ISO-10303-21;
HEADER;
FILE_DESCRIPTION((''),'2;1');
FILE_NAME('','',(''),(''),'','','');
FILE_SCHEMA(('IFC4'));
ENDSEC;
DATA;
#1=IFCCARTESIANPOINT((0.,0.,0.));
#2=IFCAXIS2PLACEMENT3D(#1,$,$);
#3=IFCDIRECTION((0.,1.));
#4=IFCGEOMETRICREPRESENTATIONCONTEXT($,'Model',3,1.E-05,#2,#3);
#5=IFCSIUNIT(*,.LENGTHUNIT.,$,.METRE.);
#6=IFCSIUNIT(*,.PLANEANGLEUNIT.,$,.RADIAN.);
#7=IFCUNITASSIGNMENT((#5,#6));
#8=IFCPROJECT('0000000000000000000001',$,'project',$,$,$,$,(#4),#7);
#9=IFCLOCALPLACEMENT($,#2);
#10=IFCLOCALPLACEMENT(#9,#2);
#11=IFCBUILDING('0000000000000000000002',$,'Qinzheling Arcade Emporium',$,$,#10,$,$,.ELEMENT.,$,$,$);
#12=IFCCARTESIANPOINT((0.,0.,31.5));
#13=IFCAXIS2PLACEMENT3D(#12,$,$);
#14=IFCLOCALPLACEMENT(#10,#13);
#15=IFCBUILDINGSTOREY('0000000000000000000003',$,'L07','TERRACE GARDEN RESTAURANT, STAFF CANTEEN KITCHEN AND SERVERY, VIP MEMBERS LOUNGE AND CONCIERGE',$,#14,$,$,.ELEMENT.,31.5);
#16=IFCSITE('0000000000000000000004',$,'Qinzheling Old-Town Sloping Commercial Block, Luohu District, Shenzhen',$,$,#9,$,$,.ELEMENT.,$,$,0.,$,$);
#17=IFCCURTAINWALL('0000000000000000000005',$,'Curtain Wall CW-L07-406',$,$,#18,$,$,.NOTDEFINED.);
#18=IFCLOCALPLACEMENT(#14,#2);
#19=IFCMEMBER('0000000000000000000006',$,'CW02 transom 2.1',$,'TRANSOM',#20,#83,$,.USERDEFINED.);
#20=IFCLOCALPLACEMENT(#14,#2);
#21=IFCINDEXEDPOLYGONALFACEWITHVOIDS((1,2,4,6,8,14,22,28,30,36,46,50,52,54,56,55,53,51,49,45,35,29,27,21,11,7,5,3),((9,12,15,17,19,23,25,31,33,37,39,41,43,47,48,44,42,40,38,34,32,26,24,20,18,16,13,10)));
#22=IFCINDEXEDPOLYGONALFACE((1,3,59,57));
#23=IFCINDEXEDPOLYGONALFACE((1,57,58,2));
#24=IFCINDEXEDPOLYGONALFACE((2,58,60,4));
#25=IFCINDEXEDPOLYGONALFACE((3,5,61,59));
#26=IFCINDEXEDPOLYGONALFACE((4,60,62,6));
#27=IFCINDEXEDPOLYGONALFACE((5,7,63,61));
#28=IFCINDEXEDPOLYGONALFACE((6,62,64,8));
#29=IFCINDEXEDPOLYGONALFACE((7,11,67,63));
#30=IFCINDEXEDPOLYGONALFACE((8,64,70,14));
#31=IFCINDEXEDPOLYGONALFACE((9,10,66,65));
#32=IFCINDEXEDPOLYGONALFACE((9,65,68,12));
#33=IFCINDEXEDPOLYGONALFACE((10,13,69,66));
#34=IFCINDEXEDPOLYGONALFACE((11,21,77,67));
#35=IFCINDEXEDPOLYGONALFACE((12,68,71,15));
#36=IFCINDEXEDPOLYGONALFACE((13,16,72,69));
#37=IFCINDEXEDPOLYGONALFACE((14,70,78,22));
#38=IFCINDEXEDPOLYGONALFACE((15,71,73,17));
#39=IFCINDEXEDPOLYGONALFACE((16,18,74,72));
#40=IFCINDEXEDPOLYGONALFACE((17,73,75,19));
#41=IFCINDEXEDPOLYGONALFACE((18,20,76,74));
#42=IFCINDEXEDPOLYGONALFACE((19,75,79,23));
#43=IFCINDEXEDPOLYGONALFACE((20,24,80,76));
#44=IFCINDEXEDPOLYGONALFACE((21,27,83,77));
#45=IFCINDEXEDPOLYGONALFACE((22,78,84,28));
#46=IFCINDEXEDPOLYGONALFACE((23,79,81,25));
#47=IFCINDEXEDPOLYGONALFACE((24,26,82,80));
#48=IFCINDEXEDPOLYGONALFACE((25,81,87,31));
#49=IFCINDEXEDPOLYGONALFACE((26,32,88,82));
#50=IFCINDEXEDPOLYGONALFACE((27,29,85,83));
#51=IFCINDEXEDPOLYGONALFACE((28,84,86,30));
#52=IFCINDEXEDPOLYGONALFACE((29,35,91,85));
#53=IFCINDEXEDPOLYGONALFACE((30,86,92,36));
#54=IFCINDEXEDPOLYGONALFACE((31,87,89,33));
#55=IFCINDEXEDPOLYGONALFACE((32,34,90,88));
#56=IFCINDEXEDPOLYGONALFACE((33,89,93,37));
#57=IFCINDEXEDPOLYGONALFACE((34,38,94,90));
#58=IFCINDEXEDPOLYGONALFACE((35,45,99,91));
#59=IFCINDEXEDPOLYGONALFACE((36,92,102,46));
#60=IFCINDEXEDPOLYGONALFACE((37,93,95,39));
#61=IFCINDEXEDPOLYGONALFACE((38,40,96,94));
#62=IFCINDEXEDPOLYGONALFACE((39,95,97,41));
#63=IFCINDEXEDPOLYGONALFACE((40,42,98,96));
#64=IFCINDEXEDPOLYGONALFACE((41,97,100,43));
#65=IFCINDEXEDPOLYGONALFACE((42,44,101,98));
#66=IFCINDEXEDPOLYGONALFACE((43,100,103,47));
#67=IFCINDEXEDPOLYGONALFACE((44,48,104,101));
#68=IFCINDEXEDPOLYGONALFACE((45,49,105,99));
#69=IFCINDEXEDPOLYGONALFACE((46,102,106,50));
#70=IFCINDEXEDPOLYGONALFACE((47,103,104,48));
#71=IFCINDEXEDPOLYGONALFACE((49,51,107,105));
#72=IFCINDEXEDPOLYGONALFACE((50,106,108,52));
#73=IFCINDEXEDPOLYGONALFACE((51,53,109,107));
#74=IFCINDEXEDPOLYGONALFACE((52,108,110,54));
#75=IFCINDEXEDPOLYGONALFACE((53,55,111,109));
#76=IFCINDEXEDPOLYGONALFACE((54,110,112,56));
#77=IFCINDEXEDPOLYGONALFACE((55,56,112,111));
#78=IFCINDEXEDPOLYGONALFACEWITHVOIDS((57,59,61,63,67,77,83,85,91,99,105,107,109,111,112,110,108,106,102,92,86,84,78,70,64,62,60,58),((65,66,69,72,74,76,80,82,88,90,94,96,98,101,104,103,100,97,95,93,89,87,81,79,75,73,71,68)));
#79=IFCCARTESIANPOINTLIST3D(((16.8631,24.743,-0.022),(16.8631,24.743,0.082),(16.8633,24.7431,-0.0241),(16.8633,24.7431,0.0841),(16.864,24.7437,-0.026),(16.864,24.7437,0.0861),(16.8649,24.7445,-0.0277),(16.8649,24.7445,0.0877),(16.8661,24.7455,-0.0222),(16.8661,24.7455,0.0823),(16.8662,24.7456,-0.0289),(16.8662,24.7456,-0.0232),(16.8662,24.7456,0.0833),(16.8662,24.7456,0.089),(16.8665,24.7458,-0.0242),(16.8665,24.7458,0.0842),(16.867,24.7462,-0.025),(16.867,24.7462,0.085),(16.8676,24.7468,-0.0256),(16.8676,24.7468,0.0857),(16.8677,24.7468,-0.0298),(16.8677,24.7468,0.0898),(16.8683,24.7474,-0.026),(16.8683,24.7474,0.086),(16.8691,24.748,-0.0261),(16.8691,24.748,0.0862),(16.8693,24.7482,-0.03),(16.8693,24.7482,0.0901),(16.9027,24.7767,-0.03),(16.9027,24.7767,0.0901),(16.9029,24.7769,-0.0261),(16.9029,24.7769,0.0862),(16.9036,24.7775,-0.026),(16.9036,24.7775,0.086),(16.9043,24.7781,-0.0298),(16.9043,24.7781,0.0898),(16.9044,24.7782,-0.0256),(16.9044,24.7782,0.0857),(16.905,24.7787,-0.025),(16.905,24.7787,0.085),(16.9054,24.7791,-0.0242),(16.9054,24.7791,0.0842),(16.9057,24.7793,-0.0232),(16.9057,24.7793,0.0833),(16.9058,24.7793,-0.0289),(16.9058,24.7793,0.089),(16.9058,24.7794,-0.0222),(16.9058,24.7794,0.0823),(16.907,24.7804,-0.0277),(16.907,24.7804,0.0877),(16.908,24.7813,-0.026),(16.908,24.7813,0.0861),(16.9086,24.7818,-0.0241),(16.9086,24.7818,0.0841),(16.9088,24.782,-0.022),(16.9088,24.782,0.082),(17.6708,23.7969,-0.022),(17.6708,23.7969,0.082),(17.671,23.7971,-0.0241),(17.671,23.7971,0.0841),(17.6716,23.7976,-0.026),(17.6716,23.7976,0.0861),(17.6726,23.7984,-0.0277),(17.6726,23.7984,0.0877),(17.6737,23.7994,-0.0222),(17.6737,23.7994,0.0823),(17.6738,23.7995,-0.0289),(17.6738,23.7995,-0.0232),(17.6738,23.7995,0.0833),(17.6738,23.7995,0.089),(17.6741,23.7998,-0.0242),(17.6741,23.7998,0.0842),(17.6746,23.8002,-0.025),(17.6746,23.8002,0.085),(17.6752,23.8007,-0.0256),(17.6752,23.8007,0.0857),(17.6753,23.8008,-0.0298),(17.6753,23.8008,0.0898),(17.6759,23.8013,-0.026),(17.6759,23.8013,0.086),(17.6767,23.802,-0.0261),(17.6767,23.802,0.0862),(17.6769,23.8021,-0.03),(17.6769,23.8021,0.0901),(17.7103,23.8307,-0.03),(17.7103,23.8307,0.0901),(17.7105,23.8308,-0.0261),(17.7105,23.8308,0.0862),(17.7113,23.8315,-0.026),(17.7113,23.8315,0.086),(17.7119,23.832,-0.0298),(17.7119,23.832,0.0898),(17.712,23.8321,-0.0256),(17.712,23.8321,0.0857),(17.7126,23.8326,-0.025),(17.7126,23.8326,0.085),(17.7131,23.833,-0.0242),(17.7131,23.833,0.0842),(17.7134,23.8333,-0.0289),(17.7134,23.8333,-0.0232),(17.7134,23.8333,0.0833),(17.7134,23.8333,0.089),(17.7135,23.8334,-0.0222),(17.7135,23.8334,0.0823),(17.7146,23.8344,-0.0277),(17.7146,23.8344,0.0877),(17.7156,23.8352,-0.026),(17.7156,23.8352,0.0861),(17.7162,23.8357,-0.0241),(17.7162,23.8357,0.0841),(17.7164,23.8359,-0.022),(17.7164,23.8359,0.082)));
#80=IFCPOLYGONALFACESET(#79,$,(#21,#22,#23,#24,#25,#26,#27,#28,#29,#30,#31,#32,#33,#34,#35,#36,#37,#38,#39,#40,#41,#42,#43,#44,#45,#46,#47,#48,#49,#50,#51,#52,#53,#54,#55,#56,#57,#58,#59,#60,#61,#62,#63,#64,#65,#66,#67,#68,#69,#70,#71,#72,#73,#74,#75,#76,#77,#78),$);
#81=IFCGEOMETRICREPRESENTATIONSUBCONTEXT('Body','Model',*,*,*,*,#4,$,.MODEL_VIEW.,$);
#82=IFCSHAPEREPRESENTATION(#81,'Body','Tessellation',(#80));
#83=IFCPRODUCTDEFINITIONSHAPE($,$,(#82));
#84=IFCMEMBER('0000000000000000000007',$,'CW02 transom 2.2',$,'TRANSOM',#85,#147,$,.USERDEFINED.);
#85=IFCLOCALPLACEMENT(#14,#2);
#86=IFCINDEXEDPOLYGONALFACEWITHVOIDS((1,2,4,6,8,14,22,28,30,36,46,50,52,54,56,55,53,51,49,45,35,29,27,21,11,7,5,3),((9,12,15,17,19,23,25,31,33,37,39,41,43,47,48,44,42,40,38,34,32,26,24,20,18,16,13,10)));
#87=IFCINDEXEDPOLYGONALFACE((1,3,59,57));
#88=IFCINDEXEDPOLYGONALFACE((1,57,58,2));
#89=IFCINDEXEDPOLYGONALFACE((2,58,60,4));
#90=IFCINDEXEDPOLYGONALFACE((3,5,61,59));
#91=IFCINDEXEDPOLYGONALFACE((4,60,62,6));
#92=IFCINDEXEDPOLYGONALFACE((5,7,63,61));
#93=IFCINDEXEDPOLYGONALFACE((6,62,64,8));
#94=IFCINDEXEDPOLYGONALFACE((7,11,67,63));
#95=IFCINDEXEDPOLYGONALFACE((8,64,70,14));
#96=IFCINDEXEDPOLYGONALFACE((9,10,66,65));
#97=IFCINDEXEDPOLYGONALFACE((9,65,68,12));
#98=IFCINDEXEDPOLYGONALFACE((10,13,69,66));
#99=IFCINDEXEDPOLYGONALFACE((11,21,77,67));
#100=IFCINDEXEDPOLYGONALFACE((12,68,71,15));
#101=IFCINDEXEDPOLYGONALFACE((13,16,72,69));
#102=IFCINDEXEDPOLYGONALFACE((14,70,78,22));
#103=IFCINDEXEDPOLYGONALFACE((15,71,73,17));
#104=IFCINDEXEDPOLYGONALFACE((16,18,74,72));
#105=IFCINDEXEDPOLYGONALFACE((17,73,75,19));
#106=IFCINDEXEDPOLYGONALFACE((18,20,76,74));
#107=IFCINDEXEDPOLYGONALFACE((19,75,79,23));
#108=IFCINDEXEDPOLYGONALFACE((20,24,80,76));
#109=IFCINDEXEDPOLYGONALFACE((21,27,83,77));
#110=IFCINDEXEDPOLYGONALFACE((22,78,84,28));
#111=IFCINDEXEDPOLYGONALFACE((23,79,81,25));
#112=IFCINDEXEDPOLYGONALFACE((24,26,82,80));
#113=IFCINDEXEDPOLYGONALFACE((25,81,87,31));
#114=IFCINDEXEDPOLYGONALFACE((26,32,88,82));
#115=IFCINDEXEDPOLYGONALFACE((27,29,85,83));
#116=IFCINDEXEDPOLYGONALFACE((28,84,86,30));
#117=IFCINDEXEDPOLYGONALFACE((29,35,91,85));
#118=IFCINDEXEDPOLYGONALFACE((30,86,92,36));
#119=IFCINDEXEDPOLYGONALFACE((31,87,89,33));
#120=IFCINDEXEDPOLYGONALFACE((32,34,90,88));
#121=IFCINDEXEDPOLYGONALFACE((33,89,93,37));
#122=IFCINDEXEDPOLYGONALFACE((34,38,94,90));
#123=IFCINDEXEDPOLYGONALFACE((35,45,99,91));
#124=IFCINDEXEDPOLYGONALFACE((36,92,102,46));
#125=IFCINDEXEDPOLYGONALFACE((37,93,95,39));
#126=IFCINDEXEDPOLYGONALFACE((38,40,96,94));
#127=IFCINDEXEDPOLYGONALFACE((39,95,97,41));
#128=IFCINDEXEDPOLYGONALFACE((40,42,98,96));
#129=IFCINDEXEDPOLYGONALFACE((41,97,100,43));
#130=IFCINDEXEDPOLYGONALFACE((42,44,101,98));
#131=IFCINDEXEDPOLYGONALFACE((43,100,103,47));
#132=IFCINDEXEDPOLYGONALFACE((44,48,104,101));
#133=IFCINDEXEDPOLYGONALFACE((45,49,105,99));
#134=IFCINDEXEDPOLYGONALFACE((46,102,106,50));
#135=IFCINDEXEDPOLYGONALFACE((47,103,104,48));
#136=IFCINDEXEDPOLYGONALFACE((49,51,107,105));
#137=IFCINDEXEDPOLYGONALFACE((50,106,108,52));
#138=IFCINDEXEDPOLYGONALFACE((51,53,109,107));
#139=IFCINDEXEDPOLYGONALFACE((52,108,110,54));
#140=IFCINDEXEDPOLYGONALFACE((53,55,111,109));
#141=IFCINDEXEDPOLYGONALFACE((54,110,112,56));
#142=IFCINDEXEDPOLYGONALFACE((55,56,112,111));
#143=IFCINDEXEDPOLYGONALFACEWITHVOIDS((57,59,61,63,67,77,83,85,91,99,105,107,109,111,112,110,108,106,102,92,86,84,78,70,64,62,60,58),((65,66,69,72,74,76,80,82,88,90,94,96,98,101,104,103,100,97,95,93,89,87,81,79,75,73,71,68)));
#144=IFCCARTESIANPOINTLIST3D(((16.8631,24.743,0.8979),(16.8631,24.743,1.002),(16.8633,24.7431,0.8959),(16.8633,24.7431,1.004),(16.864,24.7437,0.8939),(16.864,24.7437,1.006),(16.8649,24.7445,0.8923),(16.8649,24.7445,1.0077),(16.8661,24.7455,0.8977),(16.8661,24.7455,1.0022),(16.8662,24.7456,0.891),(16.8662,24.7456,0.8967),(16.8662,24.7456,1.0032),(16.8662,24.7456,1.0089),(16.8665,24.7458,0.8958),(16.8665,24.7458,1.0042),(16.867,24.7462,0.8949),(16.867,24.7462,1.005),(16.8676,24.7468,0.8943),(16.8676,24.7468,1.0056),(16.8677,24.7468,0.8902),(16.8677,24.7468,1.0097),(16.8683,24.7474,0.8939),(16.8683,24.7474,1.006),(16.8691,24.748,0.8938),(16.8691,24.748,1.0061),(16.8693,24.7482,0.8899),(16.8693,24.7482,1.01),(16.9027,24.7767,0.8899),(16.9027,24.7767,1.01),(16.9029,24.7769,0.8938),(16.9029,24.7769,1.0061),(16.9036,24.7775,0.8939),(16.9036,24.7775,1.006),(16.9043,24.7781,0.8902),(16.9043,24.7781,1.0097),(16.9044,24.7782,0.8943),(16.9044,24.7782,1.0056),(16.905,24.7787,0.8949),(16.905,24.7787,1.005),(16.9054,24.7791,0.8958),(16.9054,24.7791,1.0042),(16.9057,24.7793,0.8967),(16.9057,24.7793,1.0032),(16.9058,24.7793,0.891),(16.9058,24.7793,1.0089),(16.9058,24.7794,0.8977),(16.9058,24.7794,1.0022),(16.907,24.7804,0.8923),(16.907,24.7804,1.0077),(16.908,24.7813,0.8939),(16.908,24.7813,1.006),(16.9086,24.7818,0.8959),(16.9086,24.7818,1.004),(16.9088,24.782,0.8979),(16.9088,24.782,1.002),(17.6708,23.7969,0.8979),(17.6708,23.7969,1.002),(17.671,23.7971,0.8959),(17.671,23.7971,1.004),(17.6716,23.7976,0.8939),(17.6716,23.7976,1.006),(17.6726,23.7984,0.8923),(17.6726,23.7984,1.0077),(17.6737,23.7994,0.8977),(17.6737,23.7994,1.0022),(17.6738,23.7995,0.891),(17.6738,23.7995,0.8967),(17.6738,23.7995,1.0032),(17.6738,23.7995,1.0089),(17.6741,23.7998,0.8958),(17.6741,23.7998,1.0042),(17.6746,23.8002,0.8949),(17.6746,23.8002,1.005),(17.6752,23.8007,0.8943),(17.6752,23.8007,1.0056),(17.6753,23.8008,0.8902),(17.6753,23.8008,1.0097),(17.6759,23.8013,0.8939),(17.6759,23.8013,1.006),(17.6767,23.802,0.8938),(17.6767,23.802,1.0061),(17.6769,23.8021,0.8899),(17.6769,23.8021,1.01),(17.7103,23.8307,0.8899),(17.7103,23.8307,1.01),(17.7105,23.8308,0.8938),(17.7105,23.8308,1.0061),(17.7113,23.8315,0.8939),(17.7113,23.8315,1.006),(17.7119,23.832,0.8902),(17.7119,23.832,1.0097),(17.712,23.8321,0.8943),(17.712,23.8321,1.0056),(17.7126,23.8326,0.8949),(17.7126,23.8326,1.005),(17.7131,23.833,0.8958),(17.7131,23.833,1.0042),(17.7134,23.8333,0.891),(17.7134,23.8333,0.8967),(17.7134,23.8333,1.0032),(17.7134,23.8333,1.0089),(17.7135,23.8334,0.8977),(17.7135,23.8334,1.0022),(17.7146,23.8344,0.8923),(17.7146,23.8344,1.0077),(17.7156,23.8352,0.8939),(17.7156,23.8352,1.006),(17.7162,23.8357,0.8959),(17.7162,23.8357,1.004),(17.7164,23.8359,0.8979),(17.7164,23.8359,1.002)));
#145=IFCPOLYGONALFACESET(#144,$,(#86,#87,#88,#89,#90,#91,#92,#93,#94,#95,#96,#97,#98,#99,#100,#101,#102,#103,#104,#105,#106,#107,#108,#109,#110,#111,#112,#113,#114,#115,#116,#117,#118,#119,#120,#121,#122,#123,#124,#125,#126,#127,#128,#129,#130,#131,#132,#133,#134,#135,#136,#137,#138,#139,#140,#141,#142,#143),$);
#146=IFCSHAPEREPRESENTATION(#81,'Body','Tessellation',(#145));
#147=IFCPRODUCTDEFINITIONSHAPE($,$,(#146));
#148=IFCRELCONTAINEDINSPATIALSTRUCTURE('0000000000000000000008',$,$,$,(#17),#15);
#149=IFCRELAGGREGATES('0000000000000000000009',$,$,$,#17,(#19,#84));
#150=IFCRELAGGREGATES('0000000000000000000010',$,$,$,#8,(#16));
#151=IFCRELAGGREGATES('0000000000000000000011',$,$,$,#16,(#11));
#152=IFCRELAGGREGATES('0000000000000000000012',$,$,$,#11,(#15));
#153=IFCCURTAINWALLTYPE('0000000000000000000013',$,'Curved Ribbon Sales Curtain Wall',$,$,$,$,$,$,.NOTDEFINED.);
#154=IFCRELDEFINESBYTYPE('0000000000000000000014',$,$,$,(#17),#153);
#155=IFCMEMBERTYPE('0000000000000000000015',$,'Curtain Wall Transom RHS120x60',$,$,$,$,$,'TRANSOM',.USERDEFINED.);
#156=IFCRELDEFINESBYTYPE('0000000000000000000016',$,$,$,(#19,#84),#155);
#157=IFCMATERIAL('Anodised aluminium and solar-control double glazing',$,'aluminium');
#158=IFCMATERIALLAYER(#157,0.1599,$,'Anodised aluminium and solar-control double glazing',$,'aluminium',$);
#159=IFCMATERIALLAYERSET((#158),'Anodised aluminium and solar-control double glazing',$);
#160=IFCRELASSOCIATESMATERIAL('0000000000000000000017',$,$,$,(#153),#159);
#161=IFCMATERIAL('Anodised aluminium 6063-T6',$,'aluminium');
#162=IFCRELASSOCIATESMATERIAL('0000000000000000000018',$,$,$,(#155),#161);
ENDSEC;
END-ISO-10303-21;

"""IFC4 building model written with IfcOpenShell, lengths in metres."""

from ifc_helpers import new_model, si_unit, direction, frame, origin, origin_2d, place, context, subcontext, project, spatial, hollow_rectangle, extrude, material, layer, layer_set, material_profile, profile_set, type_object, element, aggregate, save


model = new_model("IFC4")

# Units and contexts
model_context = context("Model", 3, precision=1e-05, world=origin(), true_north=direction((0.0, 1.0)))
body_context = subcontext(model_context, "Body", "Model", "MODEL_VIEW")
ifc_project = project(units=[si_unit("LENGTHUNIT", "METRE"), si_unit("PLANEANGLEUNIT", "RADIAN")], contexts=[model_context])

# Site, building, storey
site_placement = place(None, origin())
site = spatial("IfcSite", under=ifc_project, at=site_placement, Name="Qinzheling Old-Town Sloping Commercial Block, Luohu District, Shenzhen", CompositionType="ELEMENT", RefElevation=0.0)
building_placement = place(site_placement, origin())
building = spatial("IfcBuilding", under=site, at=building_placement, Name="Qinzheling Arcade Emporium", CompositionType="ELEMENT")
storey_placement = place(building_placement, frame((0.0, 0.0, 31.5)))
storey = spatial("IfcBuildingStorey", under=building, at=storey_placement, Name="L07", Description="TERRACE GARDEN RESTAURANT, STAFF CANTEEN KITCHEN AND SERVERY, VIP MEMBERS LOUNGE AND CONCIERGE", CompositionType="ELEMENT", Elevation=31.5)

# Curtain wall, members
ifc_material_1 = material(Name="Anodised aluminium and solar-control double glazing", Category="aluminium")
ifc_layer_1 = layer(ifc_material_1, 0.1599, Name="Anodised aluminium and solar-control double glazing", Category="aluminium")
ifc_layer_set_1 = layer_set([ifc_layer_1], Name="Anodised aluminium and solar-control double glazing")
curtain_wall_type = type_object("IfcCurtainWallType", Name="Curved Ribbon Sales Curtain Wall", PredefinedType="NOTDEFINED", material=ifc_layer_set_1)
curtain_wall_placement = place(storey_placement, origin())
curtain_wall = element("IfcCurtainWall", 1, at=curtain_wall_placement, inside=storey, type_object=curtain_wall_type, Name="Curtain Wall CW-L07-406", PredefinedType="NOTDEFINED")
ifc_material_2 = material(Name="Anodised aluminium 6063-T6", Category="aluminium")
ifc_material_profile_1 = material_profile(ifc_material_2, hollow_rectangle(XDim=0.0601, YDim=0.1201, WallThickness=0.0039, InnerFilletRadius=0.0039, OuterFilletRadius=0.0081, at=origin_2d()), Name="RHS 120x60x4", Category="aluminium")
ifc_profile_set_1 = profile_set([ifc_material_profile_1], Name="Anodised aluminium 6063-T6")
member_type_1 = type_object("IfcMemberType", Name="Curtain Wall Transom RHS120x60", ElementType="TRANSOM", PredefinedType="USERDEFINED", material=ifc_profile_set_1)
member_1_placement = place(storey_placement, frame((17.6936, 23.8164, 0.03), z_axis=(-0.649271, 0.760557, 0.0), x_axis=(-0.760557, -0.649271, 0.0)))
member_1 = element("IfcMember", 2, at=member_1_placement, type_object=member_type_1, Name="CW02 transom 2.1", ObjectType="TRANSOM", PredefinedType="USERDEFINED", context=body_context, shape_type="SweptSolid", body=[
    extrude(hollow_rectangle(XDim=0.0601, YDim=0.1201, WallThickness=0.0039, InnerFilletRadius=0.0039, OuterFilletRadius=0.0081, at=origin_2d()), origin(), (0.0, 0.0, 1.0), 1.2439),
])
member_2_placement = place(storey_placement, frame((17.6936, 23.8164, 0.95), z_axis=(-0.649271, 0.760557, 0.0), x_axis=(-0.760557, -0.649271, 0.0)))
member_2 = element("IfcMember", 3, at=member_2_placement, type_object=member_type_1, Name="CW02 transom 2.2", ObjectType="TRANSOM", PredefinedType="USERDEFINED", context=body_context, shape_type="SweptSolid", body=[
    extrude(hollow_rectangle(XDim=0.0601, YDim=0.1201, WallThickness=0.0039, InnerFilletRadius=0.0039, OuterFilletRadius=0.0081, at=origin_2d()), origin(), (0.0, 0.0, 1.0), 1.2439),
])

aggregate(curtain_wall, [member_1, member_2])

save(model, "model.ifc")
